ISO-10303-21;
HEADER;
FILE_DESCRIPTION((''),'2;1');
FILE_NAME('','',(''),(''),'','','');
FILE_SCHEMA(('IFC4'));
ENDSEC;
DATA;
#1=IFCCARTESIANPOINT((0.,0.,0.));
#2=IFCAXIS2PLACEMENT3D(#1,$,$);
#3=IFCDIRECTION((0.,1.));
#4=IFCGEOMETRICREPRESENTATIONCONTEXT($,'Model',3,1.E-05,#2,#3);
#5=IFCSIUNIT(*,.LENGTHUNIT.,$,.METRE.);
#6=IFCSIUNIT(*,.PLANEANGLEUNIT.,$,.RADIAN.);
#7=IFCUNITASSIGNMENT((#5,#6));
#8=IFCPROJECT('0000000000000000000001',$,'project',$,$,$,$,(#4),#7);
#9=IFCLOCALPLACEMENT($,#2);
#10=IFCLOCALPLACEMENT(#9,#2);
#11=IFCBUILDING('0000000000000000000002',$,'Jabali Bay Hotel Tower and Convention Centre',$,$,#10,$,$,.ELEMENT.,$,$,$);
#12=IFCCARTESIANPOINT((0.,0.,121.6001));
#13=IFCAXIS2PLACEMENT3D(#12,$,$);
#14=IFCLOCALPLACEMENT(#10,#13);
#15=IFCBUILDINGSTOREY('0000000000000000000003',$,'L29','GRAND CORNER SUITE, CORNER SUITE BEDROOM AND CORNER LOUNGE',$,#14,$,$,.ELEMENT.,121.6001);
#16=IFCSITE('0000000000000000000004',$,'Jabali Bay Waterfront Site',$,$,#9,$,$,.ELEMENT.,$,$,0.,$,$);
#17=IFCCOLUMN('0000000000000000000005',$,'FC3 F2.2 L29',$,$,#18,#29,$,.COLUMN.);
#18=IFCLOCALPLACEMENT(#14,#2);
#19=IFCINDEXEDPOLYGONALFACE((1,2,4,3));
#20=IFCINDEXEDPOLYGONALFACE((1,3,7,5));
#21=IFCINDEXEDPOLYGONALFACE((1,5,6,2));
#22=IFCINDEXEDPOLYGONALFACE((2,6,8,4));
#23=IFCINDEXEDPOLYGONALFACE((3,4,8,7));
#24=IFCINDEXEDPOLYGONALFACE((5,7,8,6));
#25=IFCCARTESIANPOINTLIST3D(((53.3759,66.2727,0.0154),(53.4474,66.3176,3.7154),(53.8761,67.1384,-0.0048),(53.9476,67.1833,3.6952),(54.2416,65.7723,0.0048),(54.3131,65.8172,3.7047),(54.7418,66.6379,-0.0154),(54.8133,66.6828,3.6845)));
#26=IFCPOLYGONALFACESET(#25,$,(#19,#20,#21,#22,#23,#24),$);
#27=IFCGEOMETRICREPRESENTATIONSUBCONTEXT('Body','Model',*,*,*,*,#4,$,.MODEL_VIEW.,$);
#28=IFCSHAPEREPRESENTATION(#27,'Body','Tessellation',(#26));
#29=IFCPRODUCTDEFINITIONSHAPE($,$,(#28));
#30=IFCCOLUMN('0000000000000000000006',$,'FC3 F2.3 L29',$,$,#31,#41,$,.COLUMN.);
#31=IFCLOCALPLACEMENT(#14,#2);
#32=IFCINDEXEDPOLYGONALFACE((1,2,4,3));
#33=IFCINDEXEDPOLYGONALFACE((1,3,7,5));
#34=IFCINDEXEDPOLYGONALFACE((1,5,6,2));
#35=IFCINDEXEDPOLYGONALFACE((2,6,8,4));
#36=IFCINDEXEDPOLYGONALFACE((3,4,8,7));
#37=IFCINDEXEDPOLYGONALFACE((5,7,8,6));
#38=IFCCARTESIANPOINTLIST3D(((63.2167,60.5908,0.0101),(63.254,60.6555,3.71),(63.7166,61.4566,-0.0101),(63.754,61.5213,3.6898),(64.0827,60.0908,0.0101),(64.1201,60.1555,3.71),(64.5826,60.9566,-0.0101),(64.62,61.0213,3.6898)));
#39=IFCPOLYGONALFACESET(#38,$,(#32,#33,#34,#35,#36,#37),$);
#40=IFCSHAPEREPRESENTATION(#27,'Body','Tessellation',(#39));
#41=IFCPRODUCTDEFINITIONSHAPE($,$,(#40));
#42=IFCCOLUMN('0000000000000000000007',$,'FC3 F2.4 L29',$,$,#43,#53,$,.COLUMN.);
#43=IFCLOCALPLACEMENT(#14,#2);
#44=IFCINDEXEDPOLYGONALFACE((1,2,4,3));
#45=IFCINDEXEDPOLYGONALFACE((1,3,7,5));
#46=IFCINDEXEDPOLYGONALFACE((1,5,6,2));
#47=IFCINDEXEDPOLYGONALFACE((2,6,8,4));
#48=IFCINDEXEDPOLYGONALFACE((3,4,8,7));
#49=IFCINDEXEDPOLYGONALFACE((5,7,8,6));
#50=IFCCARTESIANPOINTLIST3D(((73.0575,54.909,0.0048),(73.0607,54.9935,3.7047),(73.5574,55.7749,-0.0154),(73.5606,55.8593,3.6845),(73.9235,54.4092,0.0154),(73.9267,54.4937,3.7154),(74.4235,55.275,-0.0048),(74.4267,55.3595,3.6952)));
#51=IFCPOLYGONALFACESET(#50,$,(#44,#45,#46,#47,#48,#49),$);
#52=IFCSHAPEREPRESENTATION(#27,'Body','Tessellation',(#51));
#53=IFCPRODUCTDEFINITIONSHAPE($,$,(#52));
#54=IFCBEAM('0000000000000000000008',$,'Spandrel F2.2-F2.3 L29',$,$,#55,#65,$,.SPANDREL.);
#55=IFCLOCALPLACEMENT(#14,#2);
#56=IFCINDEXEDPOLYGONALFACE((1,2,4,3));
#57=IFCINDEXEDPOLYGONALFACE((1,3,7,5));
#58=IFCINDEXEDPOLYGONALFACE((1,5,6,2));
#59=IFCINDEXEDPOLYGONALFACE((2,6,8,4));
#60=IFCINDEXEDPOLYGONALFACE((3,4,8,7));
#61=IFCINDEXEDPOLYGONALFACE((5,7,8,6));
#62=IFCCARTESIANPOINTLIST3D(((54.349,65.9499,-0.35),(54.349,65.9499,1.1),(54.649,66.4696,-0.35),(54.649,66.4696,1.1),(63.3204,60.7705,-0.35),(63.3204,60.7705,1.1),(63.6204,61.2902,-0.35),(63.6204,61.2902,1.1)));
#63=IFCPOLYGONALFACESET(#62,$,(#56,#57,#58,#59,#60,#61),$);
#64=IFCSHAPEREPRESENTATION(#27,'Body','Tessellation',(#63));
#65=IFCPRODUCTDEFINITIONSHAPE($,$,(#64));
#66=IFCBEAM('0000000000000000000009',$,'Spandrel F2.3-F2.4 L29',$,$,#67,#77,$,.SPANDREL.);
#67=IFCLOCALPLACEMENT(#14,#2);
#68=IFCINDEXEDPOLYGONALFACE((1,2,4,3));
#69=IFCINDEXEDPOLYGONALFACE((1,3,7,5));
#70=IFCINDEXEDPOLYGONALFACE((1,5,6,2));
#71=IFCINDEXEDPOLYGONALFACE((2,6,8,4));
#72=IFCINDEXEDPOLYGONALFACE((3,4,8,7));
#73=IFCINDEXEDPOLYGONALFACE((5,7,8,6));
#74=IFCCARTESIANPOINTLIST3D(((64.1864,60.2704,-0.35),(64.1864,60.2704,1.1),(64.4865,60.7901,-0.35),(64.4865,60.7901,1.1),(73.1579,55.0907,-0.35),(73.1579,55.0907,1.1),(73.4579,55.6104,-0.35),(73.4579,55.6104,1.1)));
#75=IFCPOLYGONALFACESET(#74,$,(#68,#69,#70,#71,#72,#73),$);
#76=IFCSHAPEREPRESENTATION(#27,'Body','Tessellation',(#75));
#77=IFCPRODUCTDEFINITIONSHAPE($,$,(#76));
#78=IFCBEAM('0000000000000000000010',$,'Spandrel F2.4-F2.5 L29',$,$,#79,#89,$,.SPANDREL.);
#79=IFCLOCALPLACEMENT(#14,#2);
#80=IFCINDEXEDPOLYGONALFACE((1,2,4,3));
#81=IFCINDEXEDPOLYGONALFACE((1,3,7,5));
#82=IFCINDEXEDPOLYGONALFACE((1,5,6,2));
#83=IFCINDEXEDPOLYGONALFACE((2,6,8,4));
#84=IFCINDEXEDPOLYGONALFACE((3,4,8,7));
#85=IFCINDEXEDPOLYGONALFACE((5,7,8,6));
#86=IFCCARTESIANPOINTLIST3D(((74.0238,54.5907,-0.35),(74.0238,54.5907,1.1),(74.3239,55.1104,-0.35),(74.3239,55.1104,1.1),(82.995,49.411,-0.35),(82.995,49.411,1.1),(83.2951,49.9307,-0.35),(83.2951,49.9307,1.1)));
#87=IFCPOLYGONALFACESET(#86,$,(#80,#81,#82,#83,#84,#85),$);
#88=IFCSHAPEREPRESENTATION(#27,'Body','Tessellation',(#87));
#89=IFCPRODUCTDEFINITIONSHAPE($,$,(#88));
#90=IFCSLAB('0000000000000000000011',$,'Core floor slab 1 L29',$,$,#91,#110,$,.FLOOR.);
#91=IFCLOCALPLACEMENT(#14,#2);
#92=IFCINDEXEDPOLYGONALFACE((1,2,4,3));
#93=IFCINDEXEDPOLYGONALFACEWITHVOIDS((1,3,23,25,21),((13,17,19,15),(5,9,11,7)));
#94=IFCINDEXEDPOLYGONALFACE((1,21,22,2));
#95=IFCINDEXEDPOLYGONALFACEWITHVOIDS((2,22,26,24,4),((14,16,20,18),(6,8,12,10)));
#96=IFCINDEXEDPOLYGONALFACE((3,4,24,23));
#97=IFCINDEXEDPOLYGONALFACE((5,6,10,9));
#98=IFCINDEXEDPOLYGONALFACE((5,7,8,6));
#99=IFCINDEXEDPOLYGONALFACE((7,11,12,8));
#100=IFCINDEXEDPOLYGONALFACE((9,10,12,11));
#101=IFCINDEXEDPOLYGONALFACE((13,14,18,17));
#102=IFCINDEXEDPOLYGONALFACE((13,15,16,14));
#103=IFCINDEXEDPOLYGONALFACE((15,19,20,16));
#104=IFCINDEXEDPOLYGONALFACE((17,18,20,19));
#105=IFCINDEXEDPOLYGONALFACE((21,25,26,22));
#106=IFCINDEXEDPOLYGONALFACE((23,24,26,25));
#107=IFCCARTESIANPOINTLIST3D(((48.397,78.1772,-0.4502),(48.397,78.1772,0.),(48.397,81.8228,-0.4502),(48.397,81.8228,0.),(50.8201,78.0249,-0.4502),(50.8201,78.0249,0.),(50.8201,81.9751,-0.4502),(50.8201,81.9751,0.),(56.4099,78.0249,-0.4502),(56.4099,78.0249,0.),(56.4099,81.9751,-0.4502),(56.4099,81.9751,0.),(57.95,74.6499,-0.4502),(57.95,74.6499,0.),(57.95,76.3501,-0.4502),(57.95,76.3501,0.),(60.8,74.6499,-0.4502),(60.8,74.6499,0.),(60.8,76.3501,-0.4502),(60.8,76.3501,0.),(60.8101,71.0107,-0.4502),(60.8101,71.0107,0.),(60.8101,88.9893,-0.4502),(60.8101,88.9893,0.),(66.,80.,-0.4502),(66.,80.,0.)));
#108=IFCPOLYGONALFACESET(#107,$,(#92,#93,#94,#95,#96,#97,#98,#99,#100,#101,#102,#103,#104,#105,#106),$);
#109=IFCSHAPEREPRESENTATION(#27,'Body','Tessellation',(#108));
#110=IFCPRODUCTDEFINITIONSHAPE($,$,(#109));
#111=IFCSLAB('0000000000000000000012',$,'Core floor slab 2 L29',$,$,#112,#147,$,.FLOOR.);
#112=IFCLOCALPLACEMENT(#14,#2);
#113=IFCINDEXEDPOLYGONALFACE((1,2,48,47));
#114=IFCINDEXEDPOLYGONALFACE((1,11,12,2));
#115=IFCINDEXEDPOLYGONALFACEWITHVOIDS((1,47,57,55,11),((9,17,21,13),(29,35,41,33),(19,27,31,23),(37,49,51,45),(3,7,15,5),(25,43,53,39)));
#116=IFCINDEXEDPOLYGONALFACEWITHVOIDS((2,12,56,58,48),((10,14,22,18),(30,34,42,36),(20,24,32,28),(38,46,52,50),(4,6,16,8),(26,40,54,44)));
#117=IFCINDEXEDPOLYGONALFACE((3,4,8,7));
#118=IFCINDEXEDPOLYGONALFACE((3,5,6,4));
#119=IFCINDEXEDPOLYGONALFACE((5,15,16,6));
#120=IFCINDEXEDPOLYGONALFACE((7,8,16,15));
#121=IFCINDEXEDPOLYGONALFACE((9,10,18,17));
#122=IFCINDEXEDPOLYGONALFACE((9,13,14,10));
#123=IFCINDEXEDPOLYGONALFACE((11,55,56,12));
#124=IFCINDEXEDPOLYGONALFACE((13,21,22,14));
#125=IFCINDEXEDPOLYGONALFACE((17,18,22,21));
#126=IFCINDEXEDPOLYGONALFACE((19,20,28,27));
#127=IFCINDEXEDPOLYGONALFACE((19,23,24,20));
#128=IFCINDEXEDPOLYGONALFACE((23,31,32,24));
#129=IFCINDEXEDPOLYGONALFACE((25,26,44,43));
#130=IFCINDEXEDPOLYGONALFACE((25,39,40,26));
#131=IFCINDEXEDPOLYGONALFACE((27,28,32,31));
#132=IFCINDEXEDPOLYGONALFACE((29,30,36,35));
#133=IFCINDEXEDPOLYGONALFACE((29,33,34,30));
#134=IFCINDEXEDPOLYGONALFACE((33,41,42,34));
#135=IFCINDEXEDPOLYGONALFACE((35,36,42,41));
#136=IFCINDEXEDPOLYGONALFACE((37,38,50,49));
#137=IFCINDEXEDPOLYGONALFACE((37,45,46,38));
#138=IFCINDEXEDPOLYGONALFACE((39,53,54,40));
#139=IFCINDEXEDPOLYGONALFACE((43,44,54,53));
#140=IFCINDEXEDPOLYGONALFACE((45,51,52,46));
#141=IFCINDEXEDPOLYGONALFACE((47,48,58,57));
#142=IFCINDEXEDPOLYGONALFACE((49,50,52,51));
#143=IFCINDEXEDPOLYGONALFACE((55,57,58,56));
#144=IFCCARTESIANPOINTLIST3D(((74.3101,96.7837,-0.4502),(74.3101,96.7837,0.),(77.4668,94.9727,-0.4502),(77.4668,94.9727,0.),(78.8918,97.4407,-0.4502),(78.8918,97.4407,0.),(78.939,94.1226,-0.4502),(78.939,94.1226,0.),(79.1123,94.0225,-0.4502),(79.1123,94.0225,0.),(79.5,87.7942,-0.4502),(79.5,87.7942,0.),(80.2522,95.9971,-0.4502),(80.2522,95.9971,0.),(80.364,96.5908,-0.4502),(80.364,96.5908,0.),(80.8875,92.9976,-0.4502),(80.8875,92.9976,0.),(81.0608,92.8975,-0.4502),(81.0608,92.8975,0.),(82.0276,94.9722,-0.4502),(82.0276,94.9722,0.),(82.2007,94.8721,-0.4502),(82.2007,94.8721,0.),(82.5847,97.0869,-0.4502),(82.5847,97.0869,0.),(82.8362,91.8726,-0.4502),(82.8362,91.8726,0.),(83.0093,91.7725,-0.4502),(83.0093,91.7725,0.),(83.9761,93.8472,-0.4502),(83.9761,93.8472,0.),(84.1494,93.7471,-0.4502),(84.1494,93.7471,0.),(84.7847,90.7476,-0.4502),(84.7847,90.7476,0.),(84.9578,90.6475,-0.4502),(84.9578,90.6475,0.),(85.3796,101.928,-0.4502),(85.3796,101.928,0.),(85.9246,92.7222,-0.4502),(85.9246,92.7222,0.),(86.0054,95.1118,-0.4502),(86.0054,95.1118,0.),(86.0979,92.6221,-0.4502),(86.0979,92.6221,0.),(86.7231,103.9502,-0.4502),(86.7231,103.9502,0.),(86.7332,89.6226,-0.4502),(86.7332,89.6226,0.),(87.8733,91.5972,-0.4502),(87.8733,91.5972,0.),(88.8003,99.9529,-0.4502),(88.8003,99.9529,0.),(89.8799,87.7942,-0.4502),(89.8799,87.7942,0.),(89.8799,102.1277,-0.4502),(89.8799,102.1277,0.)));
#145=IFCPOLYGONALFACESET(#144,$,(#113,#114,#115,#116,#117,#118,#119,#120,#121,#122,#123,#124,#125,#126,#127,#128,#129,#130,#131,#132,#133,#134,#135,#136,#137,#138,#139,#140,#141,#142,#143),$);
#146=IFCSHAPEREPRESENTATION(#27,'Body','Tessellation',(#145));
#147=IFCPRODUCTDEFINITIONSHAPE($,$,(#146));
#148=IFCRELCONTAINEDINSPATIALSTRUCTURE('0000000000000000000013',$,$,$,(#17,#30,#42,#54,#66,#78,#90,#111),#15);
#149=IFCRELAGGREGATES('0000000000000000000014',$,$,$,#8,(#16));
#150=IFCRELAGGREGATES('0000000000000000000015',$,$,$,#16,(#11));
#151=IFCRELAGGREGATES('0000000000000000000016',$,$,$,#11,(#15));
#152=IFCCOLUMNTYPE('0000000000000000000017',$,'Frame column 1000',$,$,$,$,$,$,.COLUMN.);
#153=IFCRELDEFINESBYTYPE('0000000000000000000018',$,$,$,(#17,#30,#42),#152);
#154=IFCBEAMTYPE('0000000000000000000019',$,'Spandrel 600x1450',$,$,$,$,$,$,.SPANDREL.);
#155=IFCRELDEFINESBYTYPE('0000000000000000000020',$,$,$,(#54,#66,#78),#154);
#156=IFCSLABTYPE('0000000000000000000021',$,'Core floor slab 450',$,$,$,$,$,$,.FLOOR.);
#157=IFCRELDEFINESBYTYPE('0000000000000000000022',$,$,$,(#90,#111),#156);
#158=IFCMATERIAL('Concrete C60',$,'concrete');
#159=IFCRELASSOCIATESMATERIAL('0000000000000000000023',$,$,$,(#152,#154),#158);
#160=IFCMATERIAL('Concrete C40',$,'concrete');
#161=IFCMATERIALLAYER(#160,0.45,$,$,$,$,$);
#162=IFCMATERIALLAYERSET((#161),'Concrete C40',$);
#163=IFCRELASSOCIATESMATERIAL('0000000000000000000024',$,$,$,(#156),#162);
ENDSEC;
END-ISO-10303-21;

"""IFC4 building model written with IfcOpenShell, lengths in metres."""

from ifc_helpers import new_model, si_unit, direction, frame, origin, origin_2d, place, context, subcontext, project, spatial, polyline, rectangle, outline, extrude, material, layer, layer_set, material_profile, profile_set, type_object, element, save


model = new_model("IFC4")

# Units and contexts
model_context = context("Model", 3, precision=1e-05, world=origin(), true_north=direction((0.0, 1.0)))
body_context = subcontext(model_context, "Body", "Model", "MODEL_VIEW")
ifc_project = project(units=[si_unit("LENGTHUNIT", "METRE"), si_unit("PLANEANGLEUNIT", "RADIAN")], contexts=[model_context])

# Site, building, storey
site_placement = place(None, origin())
site = spatial("IfcSite", under=ifc_project, at=site_placement, Name="Jabali Bay Waterfront Site", CompositionType="ELEMENT", RefElevation=0.0)
building_placement = place(site_placement, origin())
building = spatial("IfcBuilding", under=site, at=building_placement, Name="Jabali Bay Hotel Tower and Convention Centre", CompositionType="ELEMENT")
storey_placement = place(building_placement, frame((0.0, 0.0, 121.6001)))
storey = spatial("IfcBuildingStorey", under=building, at=storey_placement, Name="L29", Description="GRAND CORNER SUITE, CORNER SUITE BEDROOM AND CORNER LOUNGE", CompositionType="ELEMENT", Elevation=121.6001)

# Columns
ifc_material_1 = material(Name="Concrete C60", Category="concrete")
ifc_material_profile_1 = material_profile(ifc_material_1, rectangle(XDim=1.0, YDim=1.0, at=origin_2d()), Name="Frame column 1000")
ifc_profile_set_1 = profile_set([ifc_material_profile_1], Name="Concrete C60")
column_type = type_object("IfcColumnType", Name="Frame column 1000", PredefinedType="COLUMN", material=ifc_profile_set_1)
column_1_placement = place(storey_placement, frame((54.0588, 66.4553, 0.0), z_axis=(0.019329, 0.012138, 0.99974), x_axis=(-0.865689, 0.500469, 0.010661)))
element("IfcColumn", 1, at=column_1_placement, inside=storey, type_object=column_type, Name="FC3 F2.2 L29", PredefinedType="COLUMN", context=body_context, shape_type="SweptSolid", body=[
    extrude(rectangle(XDim=1.0, YDim=1.0, at=origin_2d()), origin(), (0.0, 0.0, 1.0), 3.7009),
])
column_2_placement = place(storey_placement, frame((63.8997, 60.7737, 0.0), z_axis=(0.010094, 0.017482, 0.999796), x_axis=(-0.499907, -0.865844, 0.020187)))
element("IfcColumn", 2, at=column_2_placement, inside=storey, type_object=column_type, Name="FC3 F2.3 L29", PredefinedType="COLUMN", context=body_context, shape_type="SweptSolid", body=[
    extrude(rectangle(XDim=1.0, YDim=1.0, at=origin_2d()), origin(), (0.0, 0.0, 1.0), 3.7007),
])
column_3_placement = place(storey_placement, frame((73.7405, 55.092, 0.0), z_axis=(0.000858, 0.022825, 0.999739), x_axis=(-0.499939, -0.865825, 0.020196)))
element("IfcColumn", 3, at=column_3_placement, inside=storey, type_object=column_type, Name="FC3 F2.4 L29", PredefinedType="COLUMN", context=body_context, shape_type="SweptSolid", body=[
    extrude(rectangle(XDim=1.0, YDim=1.0, at=origin_2d()), origin(), (0.0, 0.0, 1.0), 3.7009),
])

# Beams
ifc_material_profile_2 = material_profile(ifc_material_1, rectangle(XDim=0.6001, YDim=1.45, at=origin_2d()), Name="Spandrel 600x1450")
ifc_profile_set_2 = profile_set([ifc_material_profile_2], Name="Concrete C60")
beam_type = type_object("IfcBeamType", Name="Spandrel 600x1450", PredefinedType="SPANDREL", material=ifc_profile_set_2)
beam_1_placement = place(storey_placement, frame((54.499, 66.2097, 0.375), z_axis=(0.866034, -0.499984, 0.0), x_axis=(0.499984, 0.866034, 0.0)))
element("IfcBeam", 4, at=beam_1_placement, inside=storey, type_object=beam_type, Name="Spandrel F2.2-F2.3 L29", PredefinedType="SPANDREL", context=body_context, shape_type="SweptSolid", body=[
    extrude(rectangle(XDim=0.6001, YDim=1.45, at=origin_2d()), origin(), (0.0, 0.0, 1.0), 10.3591),
])
beam_2_placement = place(storey_placement, frame((64.3364, 60.5303, 0.375), z_axis=(0.866024, -0.500002, 0.0), x_axis=(0.500002, 0.866024, 0.0)))
element("IfcBeam", 5, at=beam_2_placement, inside=storey, type_object=beam_type, Name="Spandrel F2.3-F2.4 L29", PredefinedType="SPANDREL", context=body_context, shape_type="SweptSolid", body=[
    extrude(rectangle(XDim=0.6001, YDim=1.45, at=origin_2d()), origin(), (0.0, 0.0, 1.0), 10.3594),
])
beam_3_placement = place(storey_placement, frame((74.1738, 54.8506, 0.375), z_axis=(0.866018, -0.500012, 0.0), x_axis=(0.500012, 0.866018, 0.0)))
element("IfcBeam", 6, at=beam_3_placement, inside=storey, type_object=beam_type, Name="Spandrel F2.4-F2.5 L29", PredefinedType="SPANDREL", context=body_context, shape_type="SweptSolid", body=[
    extrude(rectangle(XDim=0.6001, YDim=1.45, at=origin_2d()), origin(), (0.0, 0.0, 1.0), 10.3591),
])

# Slabs
ifc_material_2 = material(Name="Concrete C40", Category="concrete")
ifc_layer_1 = layer(ifc_material_2, 0.45)
ifc_layer_set_1 = layer_set([ifc_layer_1], Name="Concrete C40")
slab_type_1 = type_object("IfcSlabType", Name="Core floor slab 450", PredefinedType="FLOOR", material=ifc_layer_set_1)
slab_1_placement = place(storey_placement, frame((0.0, 0.0, -0.4502)))
element("IfcSlab", 7, at=slab_1_placement, inside=storey, type_object=slab_type_1, Name="Core floor slab 1 L29", PredefinedType="FLOOR", context=body_context, shape_type="SweptSolid", body=[
    extrude(outline(polyline([(66.0, 80.0), (60.8101, 88.9893), (48.397, 81.8228), (48.397, 78.1772), (60.8101, 71.0107), (66.0, 80.0)]), holes=[polyline([(60.8, 76.3501), (57.95, 76.3501), (57.95, 74.6499), (60.8, 74.6499), (60.8, 76.3501)]), polyline([(50.8201, 81.9751), (50.8201, 78.0249), (56.4099, 78.0249), (56.4099, 81.9751), (50.8201, 81.9751)])]), origin(), (0.0, 0.0, 1.0), 0.4502),
])
slab_2_placement = place(storey_placement, frame((0.0, 0.0, -0.4502)))
element("IfcSlab", 8, at=slab_2_placement, inside=storey, type_object=slab_type_1, Name="Core floor slab 2 L29", PredefinedType="FLOOR", context=body_context, shape_type="SweptSolid", body=[
    extrude(outline(polyline([(79.5, 87.7942), (89.8799, 87.7942), (89.8799, 102.1277), (86.7231, 103.9502), (74.3101, 96.7837), (79.5, 87.7942)]), holes=[polyline([(84.9578, 90.6475), (86.7332, 89.6226), (87.8733, 91.5972), (86.0979, 92.6221), (84.9578, 90.6475)]), polyline([(84.1494, 93.7471), (83.0093, 91.7725), (84.7847, 90.7476), (85.9246, 92.7222), (84.1494, 93.7471)]), polyline([(82.2007, 94.8721), (81.0608, 92.8975), (82.8362, 91.8726), (83.9761, 93.8472), (82.2007, 94.8721)]), polyline([(79.1123, 94.0225), (80.8875, 92.9976), (82.0276, 94.9722), (80.2522, 95.9971), (79.1123, 94.0225)]), polyline([(78.8918, 97.4407), (77.4668, 94.9727), (78.939, 94.1226), (80.364, 96.5908), (78.8918, 97.4407)]), polyline([(82.5847, 97.0869), (86.0054, 95.1118), (88.8003, 99.9529), (85.3796, 101.928), (82.5847, 97.0869)])]), origin(), (0.0, 0.0, 1.0), 0.4502),
])

save(model, "model.ifc")
